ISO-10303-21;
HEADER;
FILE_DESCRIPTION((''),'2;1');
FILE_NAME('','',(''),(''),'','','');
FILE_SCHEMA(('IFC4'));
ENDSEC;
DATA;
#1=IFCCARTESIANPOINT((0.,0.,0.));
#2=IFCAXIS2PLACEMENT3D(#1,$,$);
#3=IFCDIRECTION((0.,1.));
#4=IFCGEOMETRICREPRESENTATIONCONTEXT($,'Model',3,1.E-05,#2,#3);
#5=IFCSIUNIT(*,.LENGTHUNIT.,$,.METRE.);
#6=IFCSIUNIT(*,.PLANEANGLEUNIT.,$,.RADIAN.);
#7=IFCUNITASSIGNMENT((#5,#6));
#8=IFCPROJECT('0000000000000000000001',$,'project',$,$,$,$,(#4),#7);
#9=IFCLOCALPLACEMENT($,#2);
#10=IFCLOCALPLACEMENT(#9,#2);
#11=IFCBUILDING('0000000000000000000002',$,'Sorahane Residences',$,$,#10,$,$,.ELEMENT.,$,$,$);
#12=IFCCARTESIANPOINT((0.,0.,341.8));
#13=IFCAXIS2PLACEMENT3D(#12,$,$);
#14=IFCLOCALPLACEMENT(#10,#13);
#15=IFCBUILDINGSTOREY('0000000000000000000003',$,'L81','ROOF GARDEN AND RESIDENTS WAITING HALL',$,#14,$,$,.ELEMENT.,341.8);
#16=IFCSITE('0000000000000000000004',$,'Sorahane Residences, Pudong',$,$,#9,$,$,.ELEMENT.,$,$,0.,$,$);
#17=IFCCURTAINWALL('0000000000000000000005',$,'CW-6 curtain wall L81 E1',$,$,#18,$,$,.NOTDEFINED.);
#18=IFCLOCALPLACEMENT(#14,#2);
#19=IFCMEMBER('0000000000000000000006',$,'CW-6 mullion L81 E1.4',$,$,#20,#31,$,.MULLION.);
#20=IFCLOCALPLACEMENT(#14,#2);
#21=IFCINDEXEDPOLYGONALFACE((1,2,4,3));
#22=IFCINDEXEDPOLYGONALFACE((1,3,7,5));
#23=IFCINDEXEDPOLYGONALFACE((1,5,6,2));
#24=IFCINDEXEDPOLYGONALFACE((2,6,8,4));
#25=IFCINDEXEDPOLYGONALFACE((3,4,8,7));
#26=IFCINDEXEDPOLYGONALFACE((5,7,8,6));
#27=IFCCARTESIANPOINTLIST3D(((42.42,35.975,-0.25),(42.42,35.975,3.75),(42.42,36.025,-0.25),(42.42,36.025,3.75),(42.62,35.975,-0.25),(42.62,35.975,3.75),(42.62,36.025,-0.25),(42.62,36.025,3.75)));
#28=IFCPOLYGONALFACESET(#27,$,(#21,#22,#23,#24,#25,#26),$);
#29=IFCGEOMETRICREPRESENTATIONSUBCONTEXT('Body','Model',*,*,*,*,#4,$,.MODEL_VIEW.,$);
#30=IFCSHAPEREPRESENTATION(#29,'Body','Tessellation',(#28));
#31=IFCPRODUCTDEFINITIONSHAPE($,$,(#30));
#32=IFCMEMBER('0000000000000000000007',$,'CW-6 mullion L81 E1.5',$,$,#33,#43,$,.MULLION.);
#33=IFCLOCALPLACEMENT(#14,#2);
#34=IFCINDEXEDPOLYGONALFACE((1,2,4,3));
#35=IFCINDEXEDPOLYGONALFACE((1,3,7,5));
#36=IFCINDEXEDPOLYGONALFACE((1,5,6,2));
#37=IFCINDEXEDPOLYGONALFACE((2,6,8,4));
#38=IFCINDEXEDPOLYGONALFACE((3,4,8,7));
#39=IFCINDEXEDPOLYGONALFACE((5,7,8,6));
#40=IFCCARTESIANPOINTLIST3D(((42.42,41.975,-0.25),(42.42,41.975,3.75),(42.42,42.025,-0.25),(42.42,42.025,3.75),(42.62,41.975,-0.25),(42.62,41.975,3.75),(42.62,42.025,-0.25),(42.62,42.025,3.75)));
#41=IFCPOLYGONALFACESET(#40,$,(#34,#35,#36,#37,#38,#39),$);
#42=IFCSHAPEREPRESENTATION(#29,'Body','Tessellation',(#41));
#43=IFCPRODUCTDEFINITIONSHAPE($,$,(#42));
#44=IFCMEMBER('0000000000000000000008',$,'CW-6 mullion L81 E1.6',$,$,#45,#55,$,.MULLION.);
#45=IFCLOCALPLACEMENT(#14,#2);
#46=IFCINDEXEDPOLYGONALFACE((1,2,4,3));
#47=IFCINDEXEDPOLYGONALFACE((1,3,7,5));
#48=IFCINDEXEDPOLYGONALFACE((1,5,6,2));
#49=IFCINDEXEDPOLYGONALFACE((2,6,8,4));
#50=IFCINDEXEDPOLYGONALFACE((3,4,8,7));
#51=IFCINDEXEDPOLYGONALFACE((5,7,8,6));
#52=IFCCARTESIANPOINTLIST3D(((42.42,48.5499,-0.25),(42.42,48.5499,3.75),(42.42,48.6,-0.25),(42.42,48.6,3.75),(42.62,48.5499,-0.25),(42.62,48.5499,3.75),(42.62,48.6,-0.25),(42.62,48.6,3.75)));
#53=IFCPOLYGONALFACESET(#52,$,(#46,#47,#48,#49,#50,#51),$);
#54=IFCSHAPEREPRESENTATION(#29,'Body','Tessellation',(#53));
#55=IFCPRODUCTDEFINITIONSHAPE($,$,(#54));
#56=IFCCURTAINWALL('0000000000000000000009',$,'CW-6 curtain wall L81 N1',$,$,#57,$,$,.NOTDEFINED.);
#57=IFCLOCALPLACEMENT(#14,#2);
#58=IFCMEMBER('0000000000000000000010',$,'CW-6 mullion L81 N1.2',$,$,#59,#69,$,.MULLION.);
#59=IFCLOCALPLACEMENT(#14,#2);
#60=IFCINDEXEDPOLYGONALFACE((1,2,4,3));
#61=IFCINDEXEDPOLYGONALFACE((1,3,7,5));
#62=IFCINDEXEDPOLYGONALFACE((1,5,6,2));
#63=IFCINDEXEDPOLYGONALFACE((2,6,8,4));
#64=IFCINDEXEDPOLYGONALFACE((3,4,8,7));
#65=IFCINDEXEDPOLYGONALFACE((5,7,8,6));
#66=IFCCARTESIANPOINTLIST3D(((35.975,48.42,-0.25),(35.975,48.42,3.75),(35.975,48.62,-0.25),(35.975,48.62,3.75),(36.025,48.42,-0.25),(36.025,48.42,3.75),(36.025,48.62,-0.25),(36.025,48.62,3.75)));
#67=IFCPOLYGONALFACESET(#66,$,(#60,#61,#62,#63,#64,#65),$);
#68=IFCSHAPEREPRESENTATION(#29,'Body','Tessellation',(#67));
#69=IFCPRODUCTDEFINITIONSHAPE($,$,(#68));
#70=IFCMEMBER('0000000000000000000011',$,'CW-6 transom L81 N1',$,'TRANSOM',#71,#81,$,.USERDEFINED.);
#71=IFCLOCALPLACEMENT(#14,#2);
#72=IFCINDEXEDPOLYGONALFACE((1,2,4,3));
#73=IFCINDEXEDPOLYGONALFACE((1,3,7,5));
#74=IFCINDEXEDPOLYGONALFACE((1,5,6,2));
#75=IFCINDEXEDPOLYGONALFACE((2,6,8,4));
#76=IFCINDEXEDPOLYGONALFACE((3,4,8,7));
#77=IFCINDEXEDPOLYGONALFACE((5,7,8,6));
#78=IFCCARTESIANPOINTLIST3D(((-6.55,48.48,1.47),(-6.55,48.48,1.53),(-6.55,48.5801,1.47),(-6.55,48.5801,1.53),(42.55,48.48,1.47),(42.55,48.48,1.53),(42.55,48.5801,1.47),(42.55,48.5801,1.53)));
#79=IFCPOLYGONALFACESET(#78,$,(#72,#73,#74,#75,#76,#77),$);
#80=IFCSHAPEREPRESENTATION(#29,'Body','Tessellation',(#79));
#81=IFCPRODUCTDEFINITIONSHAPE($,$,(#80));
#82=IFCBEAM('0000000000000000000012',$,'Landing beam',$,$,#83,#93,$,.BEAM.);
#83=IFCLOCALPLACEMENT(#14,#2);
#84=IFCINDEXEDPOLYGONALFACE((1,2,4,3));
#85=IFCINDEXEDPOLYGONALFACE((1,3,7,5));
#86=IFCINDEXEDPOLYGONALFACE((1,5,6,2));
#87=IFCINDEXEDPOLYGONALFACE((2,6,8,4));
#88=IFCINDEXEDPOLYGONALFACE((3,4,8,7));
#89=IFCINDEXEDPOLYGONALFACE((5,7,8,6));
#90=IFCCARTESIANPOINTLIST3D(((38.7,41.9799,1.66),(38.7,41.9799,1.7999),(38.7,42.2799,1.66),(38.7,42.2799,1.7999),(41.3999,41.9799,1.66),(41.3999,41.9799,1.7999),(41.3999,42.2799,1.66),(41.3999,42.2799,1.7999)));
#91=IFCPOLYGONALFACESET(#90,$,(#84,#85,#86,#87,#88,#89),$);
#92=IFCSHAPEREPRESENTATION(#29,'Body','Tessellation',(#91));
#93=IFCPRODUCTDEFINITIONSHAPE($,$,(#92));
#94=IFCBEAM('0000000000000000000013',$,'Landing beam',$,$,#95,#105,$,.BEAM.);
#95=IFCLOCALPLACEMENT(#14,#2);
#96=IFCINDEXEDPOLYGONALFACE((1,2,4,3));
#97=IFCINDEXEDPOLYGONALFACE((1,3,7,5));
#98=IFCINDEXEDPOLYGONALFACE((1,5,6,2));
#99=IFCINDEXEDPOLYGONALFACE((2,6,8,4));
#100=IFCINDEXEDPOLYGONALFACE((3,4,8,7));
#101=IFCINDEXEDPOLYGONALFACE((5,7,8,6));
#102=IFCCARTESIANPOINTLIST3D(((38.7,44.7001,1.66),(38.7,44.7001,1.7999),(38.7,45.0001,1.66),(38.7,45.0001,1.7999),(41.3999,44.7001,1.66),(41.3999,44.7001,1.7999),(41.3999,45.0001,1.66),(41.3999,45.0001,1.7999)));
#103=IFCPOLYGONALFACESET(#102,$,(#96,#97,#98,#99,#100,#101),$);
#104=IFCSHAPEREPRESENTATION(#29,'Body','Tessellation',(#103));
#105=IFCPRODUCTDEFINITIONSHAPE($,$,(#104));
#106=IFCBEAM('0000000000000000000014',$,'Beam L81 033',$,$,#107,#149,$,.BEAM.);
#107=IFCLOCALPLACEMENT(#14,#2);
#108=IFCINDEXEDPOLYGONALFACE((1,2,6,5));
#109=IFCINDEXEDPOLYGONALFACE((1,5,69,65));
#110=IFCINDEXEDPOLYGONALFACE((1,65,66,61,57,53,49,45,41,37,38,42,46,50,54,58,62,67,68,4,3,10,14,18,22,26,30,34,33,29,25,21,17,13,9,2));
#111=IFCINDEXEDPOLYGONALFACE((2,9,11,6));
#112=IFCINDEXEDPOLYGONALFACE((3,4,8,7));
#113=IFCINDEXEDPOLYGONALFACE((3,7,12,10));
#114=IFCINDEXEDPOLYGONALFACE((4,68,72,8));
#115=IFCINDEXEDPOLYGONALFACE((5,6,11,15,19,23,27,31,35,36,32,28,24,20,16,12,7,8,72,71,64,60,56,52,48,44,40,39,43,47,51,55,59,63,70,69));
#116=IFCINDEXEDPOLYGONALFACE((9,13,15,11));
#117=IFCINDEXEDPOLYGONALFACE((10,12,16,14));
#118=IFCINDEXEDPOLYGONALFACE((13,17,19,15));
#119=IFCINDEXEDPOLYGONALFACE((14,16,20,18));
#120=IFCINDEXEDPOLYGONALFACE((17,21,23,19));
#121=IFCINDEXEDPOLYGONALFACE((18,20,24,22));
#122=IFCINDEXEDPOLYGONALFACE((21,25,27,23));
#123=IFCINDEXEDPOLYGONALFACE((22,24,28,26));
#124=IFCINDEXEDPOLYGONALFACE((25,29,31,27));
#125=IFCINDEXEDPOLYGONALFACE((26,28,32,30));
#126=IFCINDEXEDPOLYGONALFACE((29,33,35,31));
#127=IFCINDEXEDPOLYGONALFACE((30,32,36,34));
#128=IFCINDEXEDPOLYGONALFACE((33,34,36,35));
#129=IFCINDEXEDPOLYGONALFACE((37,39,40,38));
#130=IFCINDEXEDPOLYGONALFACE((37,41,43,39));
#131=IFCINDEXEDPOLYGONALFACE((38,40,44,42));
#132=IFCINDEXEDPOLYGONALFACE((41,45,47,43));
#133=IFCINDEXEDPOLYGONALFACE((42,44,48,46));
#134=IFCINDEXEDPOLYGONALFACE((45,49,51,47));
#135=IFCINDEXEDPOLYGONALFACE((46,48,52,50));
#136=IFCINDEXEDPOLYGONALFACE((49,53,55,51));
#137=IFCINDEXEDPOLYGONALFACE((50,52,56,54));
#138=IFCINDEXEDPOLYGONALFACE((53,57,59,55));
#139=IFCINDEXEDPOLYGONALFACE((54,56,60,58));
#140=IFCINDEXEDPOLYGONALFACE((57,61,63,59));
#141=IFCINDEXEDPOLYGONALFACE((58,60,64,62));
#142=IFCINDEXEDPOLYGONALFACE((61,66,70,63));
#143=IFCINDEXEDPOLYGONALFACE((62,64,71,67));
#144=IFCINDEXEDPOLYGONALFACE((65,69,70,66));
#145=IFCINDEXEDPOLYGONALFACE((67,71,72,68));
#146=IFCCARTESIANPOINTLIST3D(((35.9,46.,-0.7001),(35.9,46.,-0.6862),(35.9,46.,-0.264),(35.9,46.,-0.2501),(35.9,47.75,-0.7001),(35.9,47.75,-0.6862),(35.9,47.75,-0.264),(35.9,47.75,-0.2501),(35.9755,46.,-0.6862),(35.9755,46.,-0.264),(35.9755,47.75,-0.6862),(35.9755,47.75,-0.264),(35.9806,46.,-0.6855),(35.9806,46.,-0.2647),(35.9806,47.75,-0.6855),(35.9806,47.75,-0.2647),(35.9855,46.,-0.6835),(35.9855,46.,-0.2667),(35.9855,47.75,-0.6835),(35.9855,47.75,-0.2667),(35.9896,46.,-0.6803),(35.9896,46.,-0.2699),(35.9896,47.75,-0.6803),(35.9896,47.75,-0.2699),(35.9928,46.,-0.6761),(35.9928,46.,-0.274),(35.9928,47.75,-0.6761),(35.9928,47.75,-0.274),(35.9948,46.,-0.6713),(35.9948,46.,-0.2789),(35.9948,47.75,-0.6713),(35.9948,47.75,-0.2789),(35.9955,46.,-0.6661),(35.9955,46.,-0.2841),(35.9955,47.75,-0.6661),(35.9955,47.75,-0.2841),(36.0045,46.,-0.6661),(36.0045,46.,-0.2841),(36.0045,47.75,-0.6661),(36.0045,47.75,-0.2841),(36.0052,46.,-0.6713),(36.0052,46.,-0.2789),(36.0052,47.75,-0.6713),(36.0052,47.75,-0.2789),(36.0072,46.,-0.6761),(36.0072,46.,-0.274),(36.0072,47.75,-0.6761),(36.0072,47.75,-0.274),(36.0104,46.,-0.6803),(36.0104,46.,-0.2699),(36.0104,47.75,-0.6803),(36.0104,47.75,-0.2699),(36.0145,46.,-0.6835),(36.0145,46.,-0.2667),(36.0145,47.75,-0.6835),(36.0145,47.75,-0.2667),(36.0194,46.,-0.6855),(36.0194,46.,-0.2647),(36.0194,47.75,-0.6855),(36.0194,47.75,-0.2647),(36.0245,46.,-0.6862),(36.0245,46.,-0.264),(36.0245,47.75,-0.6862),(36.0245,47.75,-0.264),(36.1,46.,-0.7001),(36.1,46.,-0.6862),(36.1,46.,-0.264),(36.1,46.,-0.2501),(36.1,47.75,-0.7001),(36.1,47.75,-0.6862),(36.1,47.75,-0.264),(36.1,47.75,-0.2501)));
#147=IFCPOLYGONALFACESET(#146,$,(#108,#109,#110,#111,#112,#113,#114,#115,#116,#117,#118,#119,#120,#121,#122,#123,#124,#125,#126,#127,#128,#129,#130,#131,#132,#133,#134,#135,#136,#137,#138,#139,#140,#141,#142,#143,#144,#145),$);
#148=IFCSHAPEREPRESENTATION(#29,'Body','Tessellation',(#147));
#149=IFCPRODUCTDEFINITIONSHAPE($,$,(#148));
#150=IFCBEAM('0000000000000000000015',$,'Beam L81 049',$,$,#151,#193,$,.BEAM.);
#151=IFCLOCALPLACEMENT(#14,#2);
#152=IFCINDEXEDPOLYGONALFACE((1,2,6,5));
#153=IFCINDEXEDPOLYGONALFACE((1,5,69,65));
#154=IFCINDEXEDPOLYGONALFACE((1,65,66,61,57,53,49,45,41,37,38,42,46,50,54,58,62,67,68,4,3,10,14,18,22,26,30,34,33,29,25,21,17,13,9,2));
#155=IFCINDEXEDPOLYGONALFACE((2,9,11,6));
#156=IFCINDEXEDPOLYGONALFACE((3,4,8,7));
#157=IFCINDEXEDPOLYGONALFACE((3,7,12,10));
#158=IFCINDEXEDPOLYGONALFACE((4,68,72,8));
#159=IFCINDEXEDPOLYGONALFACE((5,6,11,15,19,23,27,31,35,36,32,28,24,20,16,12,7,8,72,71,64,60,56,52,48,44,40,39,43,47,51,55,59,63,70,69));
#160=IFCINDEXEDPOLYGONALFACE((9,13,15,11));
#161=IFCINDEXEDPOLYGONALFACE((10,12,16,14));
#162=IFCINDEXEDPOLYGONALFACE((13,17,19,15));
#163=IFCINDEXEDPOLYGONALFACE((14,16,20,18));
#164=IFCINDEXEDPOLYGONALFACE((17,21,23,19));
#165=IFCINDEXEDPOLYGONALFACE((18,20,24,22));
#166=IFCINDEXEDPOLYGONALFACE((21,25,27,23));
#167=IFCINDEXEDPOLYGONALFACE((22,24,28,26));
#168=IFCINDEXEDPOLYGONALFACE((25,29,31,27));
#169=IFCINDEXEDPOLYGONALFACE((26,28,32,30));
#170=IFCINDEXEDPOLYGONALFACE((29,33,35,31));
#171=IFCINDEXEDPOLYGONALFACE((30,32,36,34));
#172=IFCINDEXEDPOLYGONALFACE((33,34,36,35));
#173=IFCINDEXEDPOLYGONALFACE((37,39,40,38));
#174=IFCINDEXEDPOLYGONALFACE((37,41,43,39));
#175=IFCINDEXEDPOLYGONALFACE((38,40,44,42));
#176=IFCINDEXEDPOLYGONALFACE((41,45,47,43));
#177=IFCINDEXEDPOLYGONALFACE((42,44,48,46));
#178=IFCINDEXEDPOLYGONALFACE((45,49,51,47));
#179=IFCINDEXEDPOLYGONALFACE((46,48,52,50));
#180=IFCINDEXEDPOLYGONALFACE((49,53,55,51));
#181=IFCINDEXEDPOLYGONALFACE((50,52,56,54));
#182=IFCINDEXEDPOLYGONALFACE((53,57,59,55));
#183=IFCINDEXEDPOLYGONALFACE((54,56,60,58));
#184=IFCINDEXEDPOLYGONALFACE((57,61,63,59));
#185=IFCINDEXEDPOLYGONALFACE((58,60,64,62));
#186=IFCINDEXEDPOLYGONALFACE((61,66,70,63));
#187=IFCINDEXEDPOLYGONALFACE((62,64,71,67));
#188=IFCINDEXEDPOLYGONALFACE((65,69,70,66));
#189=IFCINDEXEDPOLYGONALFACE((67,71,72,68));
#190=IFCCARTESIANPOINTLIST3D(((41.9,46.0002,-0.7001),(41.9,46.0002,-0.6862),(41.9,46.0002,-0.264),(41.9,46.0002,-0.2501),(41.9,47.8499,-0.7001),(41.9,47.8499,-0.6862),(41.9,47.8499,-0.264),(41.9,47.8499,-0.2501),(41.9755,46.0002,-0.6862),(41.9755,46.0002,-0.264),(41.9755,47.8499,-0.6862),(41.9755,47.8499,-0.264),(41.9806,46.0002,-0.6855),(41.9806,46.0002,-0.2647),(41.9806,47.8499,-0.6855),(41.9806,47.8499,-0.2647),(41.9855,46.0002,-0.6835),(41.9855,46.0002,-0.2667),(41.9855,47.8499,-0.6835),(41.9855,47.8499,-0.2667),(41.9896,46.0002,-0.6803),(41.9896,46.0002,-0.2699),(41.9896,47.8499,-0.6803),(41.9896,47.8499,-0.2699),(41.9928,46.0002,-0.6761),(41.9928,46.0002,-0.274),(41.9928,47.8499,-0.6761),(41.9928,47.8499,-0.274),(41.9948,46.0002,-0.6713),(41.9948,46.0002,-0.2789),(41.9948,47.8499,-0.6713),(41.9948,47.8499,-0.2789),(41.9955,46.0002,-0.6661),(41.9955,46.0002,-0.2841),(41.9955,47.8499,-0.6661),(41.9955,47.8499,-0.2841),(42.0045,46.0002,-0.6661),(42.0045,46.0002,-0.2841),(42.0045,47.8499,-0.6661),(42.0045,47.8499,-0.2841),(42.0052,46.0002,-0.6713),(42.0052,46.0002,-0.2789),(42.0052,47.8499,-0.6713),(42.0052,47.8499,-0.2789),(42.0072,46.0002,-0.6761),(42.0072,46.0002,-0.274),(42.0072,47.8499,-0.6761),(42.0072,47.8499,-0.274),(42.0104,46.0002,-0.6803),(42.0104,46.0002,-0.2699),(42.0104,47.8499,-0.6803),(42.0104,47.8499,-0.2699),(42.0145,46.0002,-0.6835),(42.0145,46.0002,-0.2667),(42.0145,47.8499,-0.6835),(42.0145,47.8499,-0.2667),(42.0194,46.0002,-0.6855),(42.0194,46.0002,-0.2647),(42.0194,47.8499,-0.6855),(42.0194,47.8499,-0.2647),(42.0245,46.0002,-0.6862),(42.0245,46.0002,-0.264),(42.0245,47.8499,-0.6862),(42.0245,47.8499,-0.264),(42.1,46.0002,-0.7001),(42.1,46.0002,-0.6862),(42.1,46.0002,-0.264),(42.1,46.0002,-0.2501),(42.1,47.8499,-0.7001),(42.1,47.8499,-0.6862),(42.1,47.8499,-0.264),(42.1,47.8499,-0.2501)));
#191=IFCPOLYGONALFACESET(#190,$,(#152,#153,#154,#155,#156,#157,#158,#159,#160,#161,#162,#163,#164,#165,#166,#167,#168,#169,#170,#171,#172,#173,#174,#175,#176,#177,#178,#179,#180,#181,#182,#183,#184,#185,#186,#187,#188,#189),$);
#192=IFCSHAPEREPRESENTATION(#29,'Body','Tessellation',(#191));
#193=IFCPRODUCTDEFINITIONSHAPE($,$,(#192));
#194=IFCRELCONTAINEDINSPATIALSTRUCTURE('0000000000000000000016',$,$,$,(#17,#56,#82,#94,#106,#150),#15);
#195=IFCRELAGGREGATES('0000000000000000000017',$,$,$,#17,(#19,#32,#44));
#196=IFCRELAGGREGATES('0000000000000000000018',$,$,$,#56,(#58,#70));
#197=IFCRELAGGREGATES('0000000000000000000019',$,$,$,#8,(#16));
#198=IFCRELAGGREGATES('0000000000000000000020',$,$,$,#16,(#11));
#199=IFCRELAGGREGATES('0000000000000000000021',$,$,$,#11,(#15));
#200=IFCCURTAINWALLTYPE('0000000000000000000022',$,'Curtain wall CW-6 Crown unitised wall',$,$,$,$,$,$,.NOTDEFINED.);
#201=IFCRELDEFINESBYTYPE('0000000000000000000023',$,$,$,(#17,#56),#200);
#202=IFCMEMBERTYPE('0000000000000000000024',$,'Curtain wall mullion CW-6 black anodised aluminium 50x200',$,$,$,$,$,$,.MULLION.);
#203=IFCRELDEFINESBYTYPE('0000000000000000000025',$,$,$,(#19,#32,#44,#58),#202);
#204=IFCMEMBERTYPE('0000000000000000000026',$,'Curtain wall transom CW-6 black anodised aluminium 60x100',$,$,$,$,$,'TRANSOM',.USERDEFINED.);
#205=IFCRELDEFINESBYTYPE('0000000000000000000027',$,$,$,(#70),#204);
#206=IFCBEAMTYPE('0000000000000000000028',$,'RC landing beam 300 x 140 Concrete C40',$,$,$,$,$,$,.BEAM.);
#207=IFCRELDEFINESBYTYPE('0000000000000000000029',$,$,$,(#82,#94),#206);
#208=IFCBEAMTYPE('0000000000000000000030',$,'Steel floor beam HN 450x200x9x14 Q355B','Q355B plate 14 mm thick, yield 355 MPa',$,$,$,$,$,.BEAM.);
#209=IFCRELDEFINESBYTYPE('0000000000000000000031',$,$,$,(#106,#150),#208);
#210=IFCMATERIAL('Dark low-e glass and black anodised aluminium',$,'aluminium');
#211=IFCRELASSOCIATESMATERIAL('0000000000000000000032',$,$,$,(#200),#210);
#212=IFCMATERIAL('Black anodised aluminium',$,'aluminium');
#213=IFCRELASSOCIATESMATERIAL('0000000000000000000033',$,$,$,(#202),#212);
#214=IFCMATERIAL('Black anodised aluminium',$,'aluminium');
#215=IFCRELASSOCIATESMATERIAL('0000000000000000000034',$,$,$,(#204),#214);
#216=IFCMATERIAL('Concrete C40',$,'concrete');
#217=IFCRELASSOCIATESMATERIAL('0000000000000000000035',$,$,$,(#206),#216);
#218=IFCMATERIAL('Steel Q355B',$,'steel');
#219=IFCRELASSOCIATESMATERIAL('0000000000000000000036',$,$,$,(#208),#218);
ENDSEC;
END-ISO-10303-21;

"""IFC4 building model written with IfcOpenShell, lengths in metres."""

from ifc_helpers import new_model, si_unit, direction, frame, origin, origin_2d, place, context, subcontext, project, spatial, rectangle, i_section, extrude, material, material_profile, profile_set, type_object, element, aggregate, save


model = new_model("IFC4")

# Units and contexts
model_context = context("Model", 3, precision=1e-05, world=origin(), true_north=direction((0.0, 1.0)))
body_context = subcontext(model_context, "Body", "Model", "MODEL_VIEW")
ifc_project = project(units=[si_unit("LENGTHUNIT", "METRE"), si_unit("PLANEANGLEUNIT", "RADIAN")], contexts=[model_context])

# Site, building, storey
site_placement = place(None, origin())
site = spatial("IfcSite", under=ifc_project, at=site_placement, Name="Sorahane Residences, Pudong", CompositionType="ELEMENT", RefElevation=0.0)
building_placement = place(site_placement, origin())
building = spatial("IfcBuilding", under=site, at=building_placement, Name="Sorahane Residences", CompositionType="ELEMENT")
storey_placement = place(building_placement, frame((0.0, 0.0, 341.8)))
storey = spatial("IfcBuildingStorey", under=building, at=storey_placement, Name="L81", Description="ROOF GARDEN AND RESIDENTS WAITING HALL", CompositionType="ELEMENT", Elevation=341.8)

# Curtain walls, members
ifc_material_1 = material(Name="Dark low-e glass and black anodised aluminium", Category="aluminium")
curtain_wall_type = type_object("IfcCurtainWallType", Name="Curtain wall CW-6 Crown unitised wall", PredefinedType="NOTDEFINED", material=ifc_material_1)
curtain_wall_1_placement = place(storey_placement, origin())
curtain_wall_1 = element("IfcCurtainWall", 1, at=curtain_wall_1_placement, inside=storey, type_object=curtain_wall_type, Name="CW-6 curtain wall L81 E1", PredefinedType="NOTDEFINED")
ifc_material_2 = material(Name="Black anodised aluminium", Category="aluminium")
ifc_material_profile_1 = material_profile(ifc_material_2, rectangle(XDim=0.2, YDim=0.05, at=origin_2d()), Name="Curtain wall mullion CW-6 black anodised aluminium 50x200")
ifc_profile_set_1 = profile_set([ifc_material_profile_1], Name="Black anodised aluminium")
member_type_1 = type_object("IfcMemberType", Name="Curtain wall mullion CW-6 black anodised aluminium 50x200", PredefinedType="MULLION", material=ifc_profile_set_1)
member_1_placement = place(storey_placement, frame((42.52, 36.0, -0.25), z_axis=(0.0, 0.0, 1.0), x_axis=(1.0, 0.0, 0.0)))
member_1 = element("IfcMember", 2, at=member_1_placement, type_object=member_type_1, Name="CW-6 mullion L81 E1.4", PredefinedType="MULLION", context=body_context, shape_type="SweptSolid", body=[
    extrude(rectangle(XDim=0.2, YDim=0.05, at=origin_2d()), origin(), (0.0, 0.0, 1.0), 4.0),
])
member_2_placement = place(storey_placement, frame((42.52, 42.0, -0.25), z_axis=(0.0, 0.0, 1.0), x_axis=(1.0, 0.0, 0.0)))
member_2 = element("IfcMember", 3, at=member_2_placement, type_object=member_type_1, Name="CW-6 mullion L81 E1.5", PredefinedType="MULLION", context=body_context, shape_type="SweptSolid", body=[
    extrude(rectangle(XDim=0.2, YDim=0.05, at=origin_2d()), origin(), (0.0, 0.0, 1.0), 4.0),
])
member_3_placement = place(storey_placement, frame((42.52, 48.575, -0.25), z_axis=(0.0, 0.0, 1.0), x_axis=(1.0, 0.0, 0.0)))
member_3 = element("IfcMember", 4, at=member_3_placement, type_object=member_type_1, Name="CW-6 mullion L81 E1.6", PredefinedType="MULLION", context=body_context, shape_type="SweptSolid", body=[
    extrude(rectangle(XDim=0.2, YDim=0.05, at=origin_2d()), origin(), (0.0, 0.0, 1.0), 4.0),
])
curtain_wall_2_placement = place(storey_placement, origin())
curtain_wall_2 = element("IfcCurtainWall", 5, at=curtain_wall_2_placement, inside=storey, type_object=curtain_wall_type, Name="CW-6 curtain wall L81 N1", PredefinedType="NOTDEFINED")
member_4_placement = place(storey_placement, frame((36.0, 48.52, -0.25), z_axis=(0.0, 0.0, 1.0), x_axis=(0.0, 1.0, 0.0)))
member_4 = element("IfcMember", 6, at=member_4_placement, type_object=member_type_1, Name="CW-6 mullion L81 N1.2", PredefinedType="MULLION", context=body_context, shape_type="SweptSolid", body=[
    extrude(rectangle(XDim=0.2, YDim=0.05, at=origin_2d()), origin(), (0.0, 0.0, 1.0), 4.0),
])
ifc_material_3 = material(Name="Black anodised aluminium", Category="aluminium")
ifc_material_profile_2 = material_profile(ifc_material_3, rectangle(XDim=0.1001, YDim=0.0601, at=origin_2d()), Name="Curtain wall transom CW-6 black anodised aluminium 60x100")
ifc_profile_set_2 = profile_set([ifc_material_profile_2], Name="Black anodised aluminium")
member_type_2 = type_object("IfcMemberType", Name="Curtain wall transom CW-6 black anodised aluminium 60x100", ElementType="TRANSOM", PredefinedType="USERDEFINED", material=ifc_profile_set_2)
member_5_placement = place(storey_placement, frame((42.55, 48.53, 1.5), z_axis=(-1.0, 0.0, 0.0), x_axis=(0.0, -1.0, 0.0)))
member_5 = element("IfcMember", 7, at=member_5_placement, type_object=member_type_2, Name="CW-6 transom L81 N1", ObjectType="TRANSOM", PredefinedType="USERDEFINED", context=body_context, shape_type="SweptSolid", body=[
    extrude(rectangle(XDim=0.1001, YDim=0.0601, at=origin_2d()), origin(), (0.0, 0.0, 1.0), 49.1001),
])

# Beams
ifc_material_4 = material(Name="Concrete C40", Category="concrete")
ifc_material_profile_3 = material_profile(ifc_material_4, rectangle(XDim=0.3, YDim=0.1399, at=origin_2d()), Name="300x140")
ifc_profile_set_3 = profile_set([ifc_material_profile_3], Name="Concrete C40")
beam_type_1 = type_object("IfcBeamType", Name="RC landing beam 300 x 140 Concrete C40", PredefinedType="BEAM", material=ifc_profile_set_3)
for number, where, z_axis, x_axis, name in (
    (8, (38.7, 42.1299, 1.73), (1.0, 0.0, 0.0), (0.0, 1.0, 0.0), "Landing beam"),
    (9, (38.7, 44.8501, 1.73), (1.0, 0.0, 0.0), (0.0, 1.0, 0.0), "Landing beam"),
):
    element("IfcBeam", number, at=place(storey_placement, frame(where, z_axis=z_axis, x_axis=x_axis)), inside=storey, type_object=beam_type_1, Name=name, PredefinedType="BEAM", context=body_context, shape_type="SweptSolid", body=[
        extrude(rectangle(XDim=0.3, YDim=0.1399, at=origin_2d()), origin(), (0.0, 0.0, 1.0), 2.7),
    ])
ifc_material_5 = material(Name="Steel Q355B", Category="steel")
ifc_material_profile_4 = material_profile(ifc_material_5, i_section(OverallWidth=0.2, OverallDepth=0.45, WebThickness=0.009, FlangeThickness=0.0139, FilletRadius=0.02, at=origin_2d()), Name="HN 450x200x9x14")
ifc_profile_set_4 = profile_set([ifc_material_profile_4], Name="Steel Q355B")
beam_type_2 = type_object("IfcBeamType", Name="Steel floor beam HN 450x200x9x14 Q355B", Description="Q355B plate 14 mm thick, yield 355 MPa", PredefinedType="BEAM", material=ifc_profile_set_4)
beam_1_placement = place(storey_placement, frame((36.0, 46.0, -0.4751), z_axis=(0.0, 1.0, 0.0), x_axis=(-1.0, 0.0, 0.0)))
element("IfcBeam", 10, at=beam_1_placement, inside=storey, type_object=beam_type_2, Name="Beam L81 033", PredefinedType="BEAM", context=body_context, shape_type="SweptSolid", body=[
    extrude(i_section(OverallWidth=0.2, OverallDepth=0.45, WebThickness=0.009, FlangeThickness=0.0139, FilletRadius=0.02, at=origin_2d()), origin(), (0.0, 0.0, 1.0), 1.75),
])
beam_2_placement = place(storey_placement, frame((42.0, 46.0002, -0.4751), z_axis=(0.0, 1.0, 0.0), x_axis=(-1.0, 0.0, 0.0)))
element("IfcBeam", 11, at=beam_2_placement, inside=storey, type_object=beam_type_2, Name="Beam L81 049", PredefinedType="BEAM", context=body_context, shape_type="SweptSolid", body=[
    extrude(i_section(OverallWidth=0.2, OverallDepth=0.45, WebThickness=0.009, FlangeThickness=0.0139, FilletRadius=0.02, at=origin_2d()), origin(), (0.0, 0.0, 1.0), 1.8496),
])

aggregate(curtain_wall_1, [member_1, member_2, member_3])
aggregate(curtain_wall_2, [member_4, member_5])

save(model, "model.ifc")
